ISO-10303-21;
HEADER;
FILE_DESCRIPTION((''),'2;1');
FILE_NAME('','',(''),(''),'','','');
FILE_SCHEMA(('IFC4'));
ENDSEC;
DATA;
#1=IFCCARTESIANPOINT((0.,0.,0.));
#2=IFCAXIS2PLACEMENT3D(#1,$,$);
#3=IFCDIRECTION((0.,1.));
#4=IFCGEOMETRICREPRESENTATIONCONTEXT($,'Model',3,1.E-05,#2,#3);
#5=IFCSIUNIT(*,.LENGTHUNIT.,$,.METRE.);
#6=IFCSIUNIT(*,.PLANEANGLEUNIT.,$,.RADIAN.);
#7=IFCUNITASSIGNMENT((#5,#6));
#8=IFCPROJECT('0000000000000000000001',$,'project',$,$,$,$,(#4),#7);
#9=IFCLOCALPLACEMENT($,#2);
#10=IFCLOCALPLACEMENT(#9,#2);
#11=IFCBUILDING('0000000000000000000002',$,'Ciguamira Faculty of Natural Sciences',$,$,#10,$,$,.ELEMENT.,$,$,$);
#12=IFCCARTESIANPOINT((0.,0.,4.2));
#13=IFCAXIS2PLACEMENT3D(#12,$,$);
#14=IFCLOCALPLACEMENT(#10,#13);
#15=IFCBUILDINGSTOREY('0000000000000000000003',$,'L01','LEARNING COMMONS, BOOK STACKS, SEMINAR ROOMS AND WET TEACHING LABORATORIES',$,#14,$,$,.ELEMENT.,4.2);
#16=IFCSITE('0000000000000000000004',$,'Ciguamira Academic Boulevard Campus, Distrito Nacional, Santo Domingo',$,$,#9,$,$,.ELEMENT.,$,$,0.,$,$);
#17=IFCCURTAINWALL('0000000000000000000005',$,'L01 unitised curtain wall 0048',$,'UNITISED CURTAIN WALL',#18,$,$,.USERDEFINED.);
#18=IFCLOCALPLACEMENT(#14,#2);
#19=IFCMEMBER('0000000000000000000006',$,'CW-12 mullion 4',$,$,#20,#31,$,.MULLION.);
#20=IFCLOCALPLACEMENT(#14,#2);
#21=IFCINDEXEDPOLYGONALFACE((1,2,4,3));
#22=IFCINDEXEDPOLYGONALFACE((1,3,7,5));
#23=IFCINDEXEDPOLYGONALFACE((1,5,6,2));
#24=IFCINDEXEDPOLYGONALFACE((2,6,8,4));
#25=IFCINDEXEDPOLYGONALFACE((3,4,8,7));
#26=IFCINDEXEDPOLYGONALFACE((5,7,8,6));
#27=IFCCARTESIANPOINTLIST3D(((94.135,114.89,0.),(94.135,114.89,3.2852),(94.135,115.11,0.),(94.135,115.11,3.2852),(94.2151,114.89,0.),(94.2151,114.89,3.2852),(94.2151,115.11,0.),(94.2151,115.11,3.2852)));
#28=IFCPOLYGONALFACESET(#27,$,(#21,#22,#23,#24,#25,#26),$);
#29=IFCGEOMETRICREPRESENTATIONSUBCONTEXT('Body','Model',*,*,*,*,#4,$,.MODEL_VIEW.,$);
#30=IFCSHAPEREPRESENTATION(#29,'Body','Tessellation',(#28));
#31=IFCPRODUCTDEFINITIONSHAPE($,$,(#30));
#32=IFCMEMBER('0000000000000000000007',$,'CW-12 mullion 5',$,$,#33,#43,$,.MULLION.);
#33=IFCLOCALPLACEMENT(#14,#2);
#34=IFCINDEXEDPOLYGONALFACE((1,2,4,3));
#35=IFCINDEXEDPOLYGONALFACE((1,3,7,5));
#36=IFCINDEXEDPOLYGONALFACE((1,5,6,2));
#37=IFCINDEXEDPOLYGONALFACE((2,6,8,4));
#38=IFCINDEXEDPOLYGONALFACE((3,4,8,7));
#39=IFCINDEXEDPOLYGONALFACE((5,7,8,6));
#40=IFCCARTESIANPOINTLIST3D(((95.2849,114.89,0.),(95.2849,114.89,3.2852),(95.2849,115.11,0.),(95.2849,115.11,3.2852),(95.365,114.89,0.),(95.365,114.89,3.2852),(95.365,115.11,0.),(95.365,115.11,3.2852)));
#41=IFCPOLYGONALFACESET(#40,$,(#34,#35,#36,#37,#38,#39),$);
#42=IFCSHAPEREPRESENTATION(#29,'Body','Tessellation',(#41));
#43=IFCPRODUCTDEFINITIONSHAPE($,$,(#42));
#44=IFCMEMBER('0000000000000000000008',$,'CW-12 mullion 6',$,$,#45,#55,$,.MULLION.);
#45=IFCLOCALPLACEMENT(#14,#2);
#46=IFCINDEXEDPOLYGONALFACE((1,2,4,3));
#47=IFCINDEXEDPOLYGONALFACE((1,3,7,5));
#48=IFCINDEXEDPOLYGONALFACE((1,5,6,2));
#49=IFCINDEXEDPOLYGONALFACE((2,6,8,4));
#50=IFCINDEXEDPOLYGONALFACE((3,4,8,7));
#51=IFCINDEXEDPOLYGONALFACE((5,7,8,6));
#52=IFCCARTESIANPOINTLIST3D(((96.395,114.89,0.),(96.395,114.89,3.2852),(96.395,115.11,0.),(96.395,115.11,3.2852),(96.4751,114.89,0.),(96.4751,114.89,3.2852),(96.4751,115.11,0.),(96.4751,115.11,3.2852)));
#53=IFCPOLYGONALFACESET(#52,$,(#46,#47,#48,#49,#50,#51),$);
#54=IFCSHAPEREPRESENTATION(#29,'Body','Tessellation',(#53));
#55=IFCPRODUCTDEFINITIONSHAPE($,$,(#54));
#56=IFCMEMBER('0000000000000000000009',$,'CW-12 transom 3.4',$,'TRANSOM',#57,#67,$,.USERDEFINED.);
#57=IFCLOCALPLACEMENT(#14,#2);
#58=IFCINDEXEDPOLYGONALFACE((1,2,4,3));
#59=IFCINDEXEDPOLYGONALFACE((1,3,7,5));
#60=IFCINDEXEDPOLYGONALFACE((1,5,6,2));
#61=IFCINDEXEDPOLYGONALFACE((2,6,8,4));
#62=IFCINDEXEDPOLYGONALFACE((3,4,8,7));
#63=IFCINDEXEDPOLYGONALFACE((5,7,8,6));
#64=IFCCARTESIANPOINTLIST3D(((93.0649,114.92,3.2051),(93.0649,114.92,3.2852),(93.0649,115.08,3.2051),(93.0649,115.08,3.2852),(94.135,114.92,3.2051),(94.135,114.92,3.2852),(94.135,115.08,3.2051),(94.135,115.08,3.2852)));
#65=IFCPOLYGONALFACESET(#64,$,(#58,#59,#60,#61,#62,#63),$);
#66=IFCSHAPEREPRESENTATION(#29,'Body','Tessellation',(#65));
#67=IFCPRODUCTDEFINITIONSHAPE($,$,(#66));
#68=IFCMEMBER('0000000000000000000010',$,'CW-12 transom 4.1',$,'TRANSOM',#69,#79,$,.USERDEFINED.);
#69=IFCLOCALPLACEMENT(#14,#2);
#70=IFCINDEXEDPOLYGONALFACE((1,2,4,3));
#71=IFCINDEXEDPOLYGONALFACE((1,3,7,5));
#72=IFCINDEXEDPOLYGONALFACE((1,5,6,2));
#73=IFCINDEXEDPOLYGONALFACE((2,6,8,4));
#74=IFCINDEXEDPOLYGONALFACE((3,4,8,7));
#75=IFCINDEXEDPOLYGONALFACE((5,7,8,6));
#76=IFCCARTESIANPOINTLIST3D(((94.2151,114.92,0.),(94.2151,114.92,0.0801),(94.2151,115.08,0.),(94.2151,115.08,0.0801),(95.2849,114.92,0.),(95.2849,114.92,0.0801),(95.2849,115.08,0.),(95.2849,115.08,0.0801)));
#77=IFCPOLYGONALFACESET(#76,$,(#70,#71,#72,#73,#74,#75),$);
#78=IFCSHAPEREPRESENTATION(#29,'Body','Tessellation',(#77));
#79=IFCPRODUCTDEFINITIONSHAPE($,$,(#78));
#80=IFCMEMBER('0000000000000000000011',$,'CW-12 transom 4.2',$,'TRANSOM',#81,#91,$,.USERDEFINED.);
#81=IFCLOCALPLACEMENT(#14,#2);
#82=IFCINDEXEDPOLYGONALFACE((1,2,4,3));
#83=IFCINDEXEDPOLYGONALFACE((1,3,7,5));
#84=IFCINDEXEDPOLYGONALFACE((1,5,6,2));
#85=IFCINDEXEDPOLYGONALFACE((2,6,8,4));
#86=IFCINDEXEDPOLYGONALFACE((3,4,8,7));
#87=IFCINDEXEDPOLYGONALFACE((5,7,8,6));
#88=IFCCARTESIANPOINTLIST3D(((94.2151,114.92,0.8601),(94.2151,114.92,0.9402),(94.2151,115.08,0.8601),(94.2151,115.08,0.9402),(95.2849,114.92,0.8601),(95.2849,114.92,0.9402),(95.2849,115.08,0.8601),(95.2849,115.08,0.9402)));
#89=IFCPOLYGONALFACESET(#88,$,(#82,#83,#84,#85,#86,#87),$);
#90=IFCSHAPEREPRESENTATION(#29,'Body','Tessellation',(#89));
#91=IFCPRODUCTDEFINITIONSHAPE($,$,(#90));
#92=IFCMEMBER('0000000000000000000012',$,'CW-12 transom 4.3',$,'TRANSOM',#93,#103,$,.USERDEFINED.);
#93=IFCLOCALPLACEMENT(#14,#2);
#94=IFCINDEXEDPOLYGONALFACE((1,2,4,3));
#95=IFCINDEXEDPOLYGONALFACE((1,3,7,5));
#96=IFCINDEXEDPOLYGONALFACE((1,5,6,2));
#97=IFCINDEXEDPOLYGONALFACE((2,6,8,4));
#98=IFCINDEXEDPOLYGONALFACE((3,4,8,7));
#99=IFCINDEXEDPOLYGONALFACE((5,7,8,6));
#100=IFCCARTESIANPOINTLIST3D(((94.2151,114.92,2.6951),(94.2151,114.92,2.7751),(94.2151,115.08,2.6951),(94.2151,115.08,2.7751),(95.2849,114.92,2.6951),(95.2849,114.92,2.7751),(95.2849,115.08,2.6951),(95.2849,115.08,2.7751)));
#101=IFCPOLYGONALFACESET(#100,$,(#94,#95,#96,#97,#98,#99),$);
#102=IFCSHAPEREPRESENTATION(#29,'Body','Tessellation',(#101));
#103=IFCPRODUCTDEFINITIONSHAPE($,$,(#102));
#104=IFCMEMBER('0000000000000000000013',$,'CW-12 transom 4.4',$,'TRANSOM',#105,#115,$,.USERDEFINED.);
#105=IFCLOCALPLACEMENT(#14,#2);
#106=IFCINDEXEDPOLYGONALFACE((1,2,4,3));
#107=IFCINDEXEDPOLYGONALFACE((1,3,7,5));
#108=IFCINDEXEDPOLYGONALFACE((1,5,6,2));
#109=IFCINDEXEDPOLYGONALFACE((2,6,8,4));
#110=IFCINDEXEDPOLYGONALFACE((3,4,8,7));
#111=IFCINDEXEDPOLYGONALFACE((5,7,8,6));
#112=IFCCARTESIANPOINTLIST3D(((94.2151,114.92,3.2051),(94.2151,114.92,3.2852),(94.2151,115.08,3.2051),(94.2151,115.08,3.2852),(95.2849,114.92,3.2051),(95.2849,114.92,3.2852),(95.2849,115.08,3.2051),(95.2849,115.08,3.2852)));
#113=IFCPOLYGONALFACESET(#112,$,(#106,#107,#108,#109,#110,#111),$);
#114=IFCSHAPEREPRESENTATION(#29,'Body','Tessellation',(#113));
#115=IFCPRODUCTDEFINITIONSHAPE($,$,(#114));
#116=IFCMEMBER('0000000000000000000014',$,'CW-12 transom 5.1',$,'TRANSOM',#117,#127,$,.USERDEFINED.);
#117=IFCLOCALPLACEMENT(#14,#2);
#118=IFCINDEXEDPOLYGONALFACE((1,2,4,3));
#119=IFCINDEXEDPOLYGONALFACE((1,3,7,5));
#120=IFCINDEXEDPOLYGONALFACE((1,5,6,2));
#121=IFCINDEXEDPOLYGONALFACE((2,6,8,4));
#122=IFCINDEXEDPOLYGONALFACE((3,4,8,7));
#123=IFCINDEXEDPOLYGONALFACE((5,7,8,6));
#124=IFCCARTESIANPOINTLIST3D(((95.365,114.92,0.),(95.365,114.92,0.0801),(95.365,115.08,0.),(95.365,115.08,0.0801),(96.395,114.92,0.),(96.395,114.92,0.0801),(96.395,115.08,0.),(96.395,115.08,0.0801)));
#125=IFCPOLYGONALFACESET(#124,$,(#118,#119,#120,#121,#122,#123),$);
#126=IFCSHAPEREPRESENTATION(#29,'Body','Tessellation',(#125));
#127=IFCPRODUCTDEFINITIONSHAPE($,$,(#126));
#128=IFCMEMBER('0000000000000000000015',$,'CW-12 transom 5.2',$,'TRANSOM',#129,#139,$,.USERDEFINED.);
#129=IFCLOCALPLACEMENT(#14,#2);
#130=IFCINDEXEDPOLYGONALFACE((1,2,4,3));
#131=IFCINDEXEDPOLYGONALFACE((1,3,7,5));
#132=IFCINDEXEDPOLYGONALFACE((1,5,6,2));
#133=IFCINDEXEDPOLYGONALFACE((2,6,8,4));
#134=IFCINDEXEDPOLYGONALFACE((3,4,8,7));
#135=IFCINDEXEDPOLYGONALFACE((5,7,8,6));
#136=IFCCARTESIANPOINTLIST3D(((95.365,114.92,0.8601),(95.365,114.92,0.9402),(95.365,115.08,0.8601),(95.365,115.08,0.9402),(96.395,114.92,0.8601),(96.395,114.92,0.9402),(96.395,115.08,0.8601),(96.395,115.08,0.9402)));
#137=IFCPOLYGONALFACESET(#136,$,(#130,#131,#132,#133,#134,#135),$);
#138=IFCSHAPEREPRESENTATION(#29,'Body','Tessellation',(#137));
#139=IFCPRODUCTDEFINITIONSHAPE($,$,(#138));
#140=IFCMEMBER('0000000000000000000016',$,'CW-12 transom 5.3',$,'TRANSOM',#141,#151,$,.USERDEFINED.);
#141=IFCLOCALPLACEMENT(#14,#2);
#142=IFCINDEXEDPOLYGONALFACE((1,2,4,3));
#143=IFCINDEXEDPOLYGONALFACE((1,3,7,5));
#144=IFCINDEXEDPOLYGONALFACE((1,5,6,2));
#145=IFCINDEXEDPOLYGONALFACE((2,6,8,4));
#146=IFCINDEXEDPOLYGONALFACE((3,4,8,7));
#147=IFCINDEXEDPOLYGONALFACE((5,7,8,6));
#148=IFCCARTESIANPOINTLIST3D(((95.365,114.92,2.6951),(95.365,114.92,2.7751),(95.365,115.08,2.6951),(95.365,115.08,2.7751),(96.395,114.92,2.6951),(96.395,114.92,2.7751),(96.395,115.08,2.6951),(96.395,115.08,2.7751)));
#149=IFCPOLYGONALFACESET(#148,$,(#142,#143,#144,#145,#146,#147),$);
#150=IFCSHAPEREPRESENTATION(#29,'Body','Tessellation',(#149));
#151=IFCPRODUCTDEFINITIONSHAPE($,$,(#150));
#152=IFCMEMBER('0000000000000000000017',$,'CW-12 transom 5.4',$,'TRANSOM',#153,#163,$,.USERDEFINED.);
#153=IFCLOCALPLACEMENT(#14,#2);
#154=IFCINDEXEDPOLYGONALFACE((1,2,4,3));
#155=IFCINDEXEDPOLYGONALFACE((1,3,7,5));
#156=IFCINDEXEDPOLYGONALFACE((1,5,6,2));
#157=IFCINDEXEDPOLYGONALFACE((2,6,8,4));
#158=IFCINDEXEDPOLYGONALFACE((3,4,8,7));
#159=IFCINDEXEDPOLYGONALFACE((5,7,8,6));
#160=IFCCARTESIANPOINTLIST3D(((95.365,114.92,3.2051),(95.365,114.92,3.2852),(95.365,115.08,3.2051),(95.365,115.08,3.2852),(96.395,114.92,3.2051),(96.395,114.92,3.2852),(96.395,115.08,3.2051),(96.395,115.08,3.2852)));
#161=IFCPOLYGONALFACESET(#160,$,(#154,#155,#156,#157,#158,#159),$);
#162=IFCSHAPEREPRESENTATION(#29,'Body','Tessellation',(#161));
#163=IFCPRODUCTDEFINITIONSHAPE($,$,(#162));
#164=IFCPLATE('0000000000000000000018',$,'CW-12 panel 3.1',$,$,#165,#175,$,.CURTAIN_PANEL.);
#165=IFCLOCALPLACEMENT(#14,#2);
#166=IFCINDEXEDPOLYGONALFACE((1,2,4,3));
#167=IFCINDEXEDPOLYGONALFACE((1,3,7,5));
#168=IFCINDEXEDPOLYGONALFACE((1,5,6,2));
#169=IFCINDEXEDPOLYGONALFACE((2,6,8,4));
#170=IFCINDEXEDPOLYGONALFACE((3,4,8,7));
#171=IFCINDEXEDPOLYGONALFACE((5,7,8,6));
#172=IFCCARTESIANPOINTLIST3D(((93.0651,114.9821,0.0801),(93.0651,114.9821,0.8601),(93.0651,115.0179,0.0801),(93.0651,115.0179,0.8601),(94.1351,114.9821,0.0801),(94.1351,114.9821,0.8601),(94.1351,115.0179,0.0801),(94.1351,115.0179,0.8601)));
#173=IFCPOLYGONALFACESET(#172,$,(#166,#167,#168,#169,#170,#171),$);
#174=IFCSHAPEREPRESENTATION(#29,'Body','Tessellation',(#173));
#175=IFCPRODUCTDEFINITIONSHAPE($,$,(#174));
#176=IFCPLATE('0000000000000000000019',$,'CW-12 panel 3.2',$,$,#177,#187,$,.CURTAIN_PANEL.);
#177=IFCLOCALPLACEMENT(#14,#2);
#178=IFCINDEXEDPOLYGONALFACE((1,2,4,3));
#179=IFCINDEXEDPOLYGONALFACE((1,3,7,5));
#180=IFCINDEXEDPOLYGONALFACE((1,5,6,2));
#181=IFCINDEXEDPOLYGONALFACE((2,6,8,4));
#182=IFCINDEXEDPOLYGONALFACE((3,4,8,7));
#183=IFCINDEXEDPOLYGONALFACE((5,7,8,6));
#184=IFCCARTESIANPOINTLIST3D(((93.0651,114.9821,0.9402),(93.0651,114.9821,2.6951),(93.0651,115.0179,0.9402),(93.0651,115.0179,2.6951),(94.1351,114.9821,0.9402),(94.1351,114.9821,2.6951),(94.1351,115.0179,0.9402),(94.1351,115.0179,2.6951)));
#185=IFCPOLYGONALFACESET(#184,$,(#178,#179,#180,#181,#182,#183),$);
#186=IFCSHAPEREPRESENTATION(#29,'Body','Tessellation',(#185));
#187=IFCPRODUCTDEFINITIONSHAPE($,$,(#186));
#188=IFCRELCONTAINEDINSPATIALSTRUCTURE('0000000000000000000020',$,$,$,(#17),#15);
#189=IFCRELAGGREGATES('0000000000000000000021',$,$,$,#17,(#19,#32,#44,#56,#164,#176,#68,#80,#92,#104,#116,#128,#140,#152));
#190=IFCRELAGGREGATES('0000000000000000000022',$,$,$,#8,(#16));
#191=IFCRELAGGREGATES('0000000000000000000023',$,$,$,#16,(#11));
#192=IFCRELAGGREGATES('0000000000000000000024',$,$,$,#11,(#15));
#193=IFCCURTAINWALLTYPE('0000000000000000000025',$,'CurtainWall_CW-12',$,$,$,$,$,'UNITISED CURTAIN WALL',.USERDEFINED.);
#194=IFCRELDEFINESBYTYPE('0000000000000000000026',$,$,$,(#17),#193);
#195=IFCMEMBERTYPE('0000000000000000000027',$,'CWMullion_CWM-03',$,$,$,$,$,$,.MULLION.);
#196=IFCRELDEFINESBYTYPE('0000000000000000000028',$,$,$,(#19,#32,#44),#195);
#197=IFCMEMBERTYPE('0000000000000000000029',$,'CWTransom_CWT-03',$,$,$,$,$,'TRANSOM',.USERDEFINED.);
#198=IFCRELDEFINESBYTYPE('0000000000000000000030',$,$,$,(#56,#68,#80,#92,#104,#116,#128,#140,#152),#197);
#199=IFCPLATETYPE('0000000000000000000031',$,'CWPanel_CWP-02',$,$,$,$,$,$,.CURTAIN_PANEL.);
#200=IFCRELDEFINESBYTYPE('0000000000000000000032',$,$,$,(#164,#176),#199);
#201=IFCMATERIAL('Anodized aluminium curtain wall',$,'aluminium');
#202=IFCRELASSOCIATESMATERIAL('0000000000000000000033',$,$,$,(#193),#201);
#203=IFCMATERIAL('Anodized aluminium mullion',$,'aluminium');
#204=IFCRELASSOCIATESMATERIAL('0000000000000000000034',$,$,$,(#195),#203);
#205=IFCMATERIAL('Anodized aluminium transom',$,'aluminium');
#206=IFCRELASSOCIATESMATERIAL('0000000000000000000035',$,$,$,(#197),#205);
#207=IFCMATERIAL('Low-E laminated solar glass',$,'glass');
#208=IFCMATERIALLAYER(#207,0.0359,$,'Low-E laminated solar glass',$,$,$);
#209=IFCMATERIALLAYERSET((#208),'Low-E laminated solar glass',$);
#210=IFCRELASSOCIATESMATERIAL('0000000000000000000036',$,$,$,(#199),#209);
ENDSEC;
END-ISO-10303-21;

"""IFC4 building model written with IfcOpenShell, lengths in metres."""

from ifc_helpers import new_model, si_unit, direction, frame, origin, origin_2d, place, context, subcontext, project, spatial, rectangle, extrude, material, layer, layer_set, material_profile, profile_set, type_object, element, aggregate, save


model = new_model("IFC4")

# Units and contexts
model_context = context("Model", 3, precision=1e-05, world=origin(), true_north=direction((0.0, 1.0)))
body_context = subcontext(model_context, "Body", "Model", "MODEL_VIEW")
ifc_project = project(units=[si_unit("LENGTHUNIT", "METRE"), si_unit("PLANEANGLEUNIT", "RADIAN")], contexts=[model_context])

# Site, building, storey
site_placement = place(None, origin())
site = spatial("IfcSite", under=ifc_project, at=site_placement, Name="Ciguamira Academic Boulevard Campus, Distrito Nacional, Santo Domingo", CompositionType="ELEMENT", RefElevation=0.0)
building_placement = place(site_placement, origin())
building = spatial("IfcBuilding", under=site, at=building_placement, Name="Ciguamira Faculty of Natural Sciences", CompositionType="ELEMENT")
storey_placement = place(building_placement, frame((0.0, 0.0, 4.2)))
storey = spatial("IfcBuildingStorey", under=building, at=storey_placement, Name="L01", Description="LEARNING COMMONS, BOOK STACKS, SEMINAR ROOMS AND WET TEACHING LABORATORIES", CompositionType="ELEMENT", Elevation=4.2)

# Curtain wall, members, plates
ifc_material_1 = material(Name="Anodized aluminium curtain wall", Category="aluminium")
curtain_wall_type = type_object("IfcCurtainWallType", Name="CurtainWall_CW-12", ElementType="UNITISED CURTAIN WALL", PredefinedType="USERDEFINED", material=ifc_material_1)
curtain_wall_placement = place(storey_placement, origin())
curtain_wall = element("IfcCurtainWall", 1, at=curtain_wall_placement, inside=storey, type_object=curtain_wall_type, Name="L01 unitised curtain wall 0048", ObjectType="UNITISED CURTAIN WALL", PredefinedType="USERDEFINED")
ifc_material_2 = material(Name="Anodized aluminium mullion", Category="aluminium")
ifc_material_profile_1 = material_profile(ifc_material_2, rectangle(XDim=0.0801, YDim=0.22, at=origin_2d()), Name="ALU-MUL-80X220")
ifc_profile_set_1 = profile_set([ifc_material_profile_1], Name="Anodized aluminium mullion")
member_type_1 = type_object("IfcMemberType", Name="CWMullion_CWM-03", PredefinedType="MULLION", material=ifc_profile_set_1)
member_1_placement = place(storey_placement, frame((94.175, 115.0, 0.0), z_axis=(0.0, 0.0, 1.0), x_axis=(1.0, 0.0, 0.0)))
member_1 = element("IfcMember", 2, at=member_1_placement, type_object=member_type_1, Name="CW-12 mullion 4", PredefinedType="MULLION", context=body_context, shape_type="SweptSolid", body=[
    extrude(rectangle(XDim=0.0801, YDim=0.22, at=origin_2d()), origin(), (0.0, 0.0, 1.0), 3.2852),
])
member_2_placement = place(storey_placement, frame((95.325, 115.0, 0.0), z_axis=(0.0, 0.0, 1.0), x_axis=(1.0, 0.0, 0.0)))
member_2 = element("IfcMember", 3, at=member_2_placement, type_object=member_type_1, Name="CW-12 mullion 5", PredefinedType="MULLION", context=body_context, shape_type="SweptSolid", body=[
    extrude(rectangle(XDim=0.0801, YDim=0.22, at=origin_2d()), origin(), (0.0, 0.0, 1.0), 3.2852),
])
member_3_placement = place(storey_placement, frame((96.4351, 115.0, 0.0), z_axis=(0.0, 0.0, 1.0), x_axis=(1.0, 0.0, 0.0)))
member_3 = element("IfcMember", 4, at=member_3_placement, type_object=member_type_1, Name="CW-12 mullion 6", PredefinedType="MULLION", context=body_context, shape_type="SweptSolid", body=[
    extrude(rectangle(XDim=0.0801, YDim=0.22, at=origin_2d()), origin(), (0.0, 0.0, 1.0), 3.2852),
])
ifc_material_3 = material(Name="Anodized aluminium transom", Category="aluminium")
ifc_material_profile_2 = material_profile(ifc_material_3, rectangle(XDim=0.0801, YDim=0.1599, at=origin_2d()), Name="ALU-TRN-80X160")
ifc_profile_set_2 = profile_set([ifc_material_profile_2], Name="Anodized aluminium transom")
member_type_2 = type_object("IfcMemberType", Name="CWTransom_CWT-03", ElementType="TRANSOM", PredefinedType="USERDEFINED", material=ifc_profile_set_2)
member_4_placement = place(storey_placement, frame((93.0649, 115.0, 3.2451), z_axis=(1.0, 0.0, 0.0), x_axis=(0.0, 0.0, 1.0)))
member_4 = element("IfcMember", 5, at=member_4_placement, type_object=member_type_2, Name="CW-12 transom 3.4", ObjectType="TRANSOM", PredefinedType="USERDEFINED", context=body_context, shape_type="SweptSolid", body=[
    extrude(rectangle(XDim=0.0801, YDim=0.1599, at=origin_2d()), origin(), (0.0, 0.0, 1.0), 1.0701),
])
member_5_placement = place(storey_placement, frame((94.2151, 115.0, 0.04), z_axis=(1.0, 0.0, 0.0), x_axis=(0.0, 0.0, 1.0)))
member_5 = element("IfcMember", 6, at=member_5_placement, type_object=member_type_2, Name="CW-12 transom 4.1", ObjectType="TRANSOM", PredefinedType="USERDEFINED", context=body_context, shape_type="SweptSolid", body=[
    extrude(rectangle(XDim=0.0801, YDim=0.1599, at=origin_2d()), origin(), (0.0, 0.0, 1.0), 1.0698),
])
member_6_placement = place(storey_placement, frame((94.2151, 115.0, 0.9001), z_axis=(1.0, 0.0, 0.0), x_axis=(0.0, 0.0, 1.0)))
member_6 = element("IfcMember", 7, at=member_6_placement, type_object=member_type_2, Name="CW-12 transom 4.2", ObjectType="TRANSOM", PredefinedType="USERDEFINED", context=body_context, shape_type="SweptSolid", body=[
    extrude(rectangle(XDim=0.0801, YDim=0.1599, at=origin_2d()), origin(), (0.0, 0.0, 1.0), 1.0698),
])
member_7_placement = place(storey_placement, frame((94.2151, 115.0, 2.7351), z_axis=(1.0, 0.0, 0.0), x_axis=(0.0, 0.0, 1.0)))
member_7 = element("IfcMember", 8, at=member_7_placement, type_object=member_type_2, Name="CW-12 transom 4.3", ObjectType="TRANSOM", PredefinedType="USERDEFINED", context=body_context, shape_type="SweptSolid", body=[
    extrude(rectangle(XDim=0.0801, YDim=0.1599, at=origin_2d()), origin(), (0.0, 0.0, 1.0), 1.0698),
])
member_8_placement = place(storey_placement, frame((94.2151, 115.0, 3.2451), z_axis=(1.0, 0.0, 0.0), x_axis=(0.0, 0.0, 1.0)))
member_8 = element("IfcMember", 9, at=member_8_placement, type_object=member_type_2, Name="CW-12 transom 4.4", ObjectType="TRANSOM", PredefinedType="USERDEFINED", context=body_context, shape_type="SweptSolid", body=[
    extrude(rectangle(XDim=0.0801, YDim=0.1599, at=origin_2d()), origin(), (0.0, 0.0, 1.0), 1.0698),
])
member_9_placement = place(storey_placement, frame((95.365, 115.0, 0.04), z_axis=(1.0, 0.0, 0.0), x_axis=(0.0, 0.0, 1.0)))
member_9 = element("IfcMember", 10, at=member_9_placement, type_object=member_type_2, Name="CW-12 transom 5.1", ObjectType="TRANSOM", PredefinedType="USERDEFINED", context=body_context, shape_type="SweptSolid", body=[
    extrude(rectangle(XDim=0.0801, YDim=0.1599, at=origin_2d()), origin(), (0.0, 0.0, 1.0), 1.03),
])
member_10_placement = place(storey_placement, frame((95.365, 115.0, 0.9001), z_axis=(1.0, 0.0, 0.0), x_axis=(0.0, 0.0, 1.0)))
member_10 = element("IfcMember", 11, at=member_10_placement, type_object=member_type_2, Name="CW-12 transom 5.2", ObjectType="TRANSOM", PredefinedType="USERDEFINED", context=body_context, shape_type="SweptSolid", body=[
    extrude(rectangle(XDim=0.0801, YDim=0.1599, at=origin_2d()), origin(), (0.0, 0.0, 1.0), 1.03),
])
member_11_placement = place(storey_placement, frame((95.365, 115.0, 2.7351), z_axis=(1.0, 0.0, 0.0), x_axis=(0.0, 0.0, 1.0)))
member_11 = element("IfcMember", 12, at=member_11_placement, type_object=member_type_2, Name="CW-12 transom 5.3", ObjectType="TRANSOM", PredefinedType="USERDEFINED", context=body_context, shape_type="SweptSolid", body=[
    extrude(rectangle(XDim=0.0801, YDim=0.1599, at=origin_2d()), origin(), (0.0, 0.0, 1.0), 1.03),
])
member_12_placement = place(storey_placement, frame((95.365, 115.0, 3.2451), z_axis=(1.0, 0.0, 0.0), x_axis=(0.0, 0.0, 1.0)))
member_12 = element("IfcMember", 13, at=member_12_placement, type_object=member_type_2, Name="CW-12 transom 5.4", ObjectType="TRANSOM", PredefinedType="USERDEFINED", context=body_context, shape_type="SweptSolid", body=[
    extrude(rectangle(XDim=0.0801, YDim=0.1599, at=origin_2d()), origin(), (0.0, 0.0, 1.0), 1.03),
])
ifc_material_4 = material(Name="Low-E laminated solar glass", Category="glass")
ifc_layer = layer(ifc_material_4, 0.0359, Name="Low-E laminated solar glass")
ifc_layer_set = layer_set([ifc_layer], Name="Low-E laminated solar glass")
plate_type = type_object("IfcPlateType", Name="CWPanel_CWP-02", PredefinedType="CURTAIN_PANEL", material=ifc_layer_set)
plate_1_placement = place(storey_placement, frame((93.6001, 115.0, 0.0801), z_axis=(0.0, 0.0, 1.0), x_axis=(1.0, 0.0, 0.0)))
plate_1 = element("IfcPlate", 14, at=plate_1_placement, type_object=plate_type, Name="CW-12 panel 3.1", PredefinedType="CURTAIN_PANEL", context=body_context, shape_type="SweptSolid", body=[
    extrude(rectangle(XDim=1.0701, YDim=0.0359, at=origin_2d()), origin(), (0.0, 0.0, 1.0), 0.78),
])
plate_2_placement = place(storey_placement, frame((93.6001, 115.0, 0.9402), z_axis=(0.0, 0.0, 1.0), x_axis=(1.0, 0.0, 0.0)))
plate_2 = element("IfcPlate", 15, at=plate_2_placement, type_object=plate_type, Name="CW-12 panel 3.2", PredefinedType="CURTAIN_PANEL", context=body_context, shape_type="SweptSolid", body=[
    extrude(rectangle(XDim=1.0701, YDim=0.0359, at=origin_2d()), origin(), (0.0, 0.0, 1.0), 1.7549),
])
aggregate(curtain_wall, [member_1, member_2, member_3, member_4, plate_1, plate_2, member_5, member_6, member_7, member_8, member_9, member_10, member_11, member_12])

save(model, "model.ifc")
